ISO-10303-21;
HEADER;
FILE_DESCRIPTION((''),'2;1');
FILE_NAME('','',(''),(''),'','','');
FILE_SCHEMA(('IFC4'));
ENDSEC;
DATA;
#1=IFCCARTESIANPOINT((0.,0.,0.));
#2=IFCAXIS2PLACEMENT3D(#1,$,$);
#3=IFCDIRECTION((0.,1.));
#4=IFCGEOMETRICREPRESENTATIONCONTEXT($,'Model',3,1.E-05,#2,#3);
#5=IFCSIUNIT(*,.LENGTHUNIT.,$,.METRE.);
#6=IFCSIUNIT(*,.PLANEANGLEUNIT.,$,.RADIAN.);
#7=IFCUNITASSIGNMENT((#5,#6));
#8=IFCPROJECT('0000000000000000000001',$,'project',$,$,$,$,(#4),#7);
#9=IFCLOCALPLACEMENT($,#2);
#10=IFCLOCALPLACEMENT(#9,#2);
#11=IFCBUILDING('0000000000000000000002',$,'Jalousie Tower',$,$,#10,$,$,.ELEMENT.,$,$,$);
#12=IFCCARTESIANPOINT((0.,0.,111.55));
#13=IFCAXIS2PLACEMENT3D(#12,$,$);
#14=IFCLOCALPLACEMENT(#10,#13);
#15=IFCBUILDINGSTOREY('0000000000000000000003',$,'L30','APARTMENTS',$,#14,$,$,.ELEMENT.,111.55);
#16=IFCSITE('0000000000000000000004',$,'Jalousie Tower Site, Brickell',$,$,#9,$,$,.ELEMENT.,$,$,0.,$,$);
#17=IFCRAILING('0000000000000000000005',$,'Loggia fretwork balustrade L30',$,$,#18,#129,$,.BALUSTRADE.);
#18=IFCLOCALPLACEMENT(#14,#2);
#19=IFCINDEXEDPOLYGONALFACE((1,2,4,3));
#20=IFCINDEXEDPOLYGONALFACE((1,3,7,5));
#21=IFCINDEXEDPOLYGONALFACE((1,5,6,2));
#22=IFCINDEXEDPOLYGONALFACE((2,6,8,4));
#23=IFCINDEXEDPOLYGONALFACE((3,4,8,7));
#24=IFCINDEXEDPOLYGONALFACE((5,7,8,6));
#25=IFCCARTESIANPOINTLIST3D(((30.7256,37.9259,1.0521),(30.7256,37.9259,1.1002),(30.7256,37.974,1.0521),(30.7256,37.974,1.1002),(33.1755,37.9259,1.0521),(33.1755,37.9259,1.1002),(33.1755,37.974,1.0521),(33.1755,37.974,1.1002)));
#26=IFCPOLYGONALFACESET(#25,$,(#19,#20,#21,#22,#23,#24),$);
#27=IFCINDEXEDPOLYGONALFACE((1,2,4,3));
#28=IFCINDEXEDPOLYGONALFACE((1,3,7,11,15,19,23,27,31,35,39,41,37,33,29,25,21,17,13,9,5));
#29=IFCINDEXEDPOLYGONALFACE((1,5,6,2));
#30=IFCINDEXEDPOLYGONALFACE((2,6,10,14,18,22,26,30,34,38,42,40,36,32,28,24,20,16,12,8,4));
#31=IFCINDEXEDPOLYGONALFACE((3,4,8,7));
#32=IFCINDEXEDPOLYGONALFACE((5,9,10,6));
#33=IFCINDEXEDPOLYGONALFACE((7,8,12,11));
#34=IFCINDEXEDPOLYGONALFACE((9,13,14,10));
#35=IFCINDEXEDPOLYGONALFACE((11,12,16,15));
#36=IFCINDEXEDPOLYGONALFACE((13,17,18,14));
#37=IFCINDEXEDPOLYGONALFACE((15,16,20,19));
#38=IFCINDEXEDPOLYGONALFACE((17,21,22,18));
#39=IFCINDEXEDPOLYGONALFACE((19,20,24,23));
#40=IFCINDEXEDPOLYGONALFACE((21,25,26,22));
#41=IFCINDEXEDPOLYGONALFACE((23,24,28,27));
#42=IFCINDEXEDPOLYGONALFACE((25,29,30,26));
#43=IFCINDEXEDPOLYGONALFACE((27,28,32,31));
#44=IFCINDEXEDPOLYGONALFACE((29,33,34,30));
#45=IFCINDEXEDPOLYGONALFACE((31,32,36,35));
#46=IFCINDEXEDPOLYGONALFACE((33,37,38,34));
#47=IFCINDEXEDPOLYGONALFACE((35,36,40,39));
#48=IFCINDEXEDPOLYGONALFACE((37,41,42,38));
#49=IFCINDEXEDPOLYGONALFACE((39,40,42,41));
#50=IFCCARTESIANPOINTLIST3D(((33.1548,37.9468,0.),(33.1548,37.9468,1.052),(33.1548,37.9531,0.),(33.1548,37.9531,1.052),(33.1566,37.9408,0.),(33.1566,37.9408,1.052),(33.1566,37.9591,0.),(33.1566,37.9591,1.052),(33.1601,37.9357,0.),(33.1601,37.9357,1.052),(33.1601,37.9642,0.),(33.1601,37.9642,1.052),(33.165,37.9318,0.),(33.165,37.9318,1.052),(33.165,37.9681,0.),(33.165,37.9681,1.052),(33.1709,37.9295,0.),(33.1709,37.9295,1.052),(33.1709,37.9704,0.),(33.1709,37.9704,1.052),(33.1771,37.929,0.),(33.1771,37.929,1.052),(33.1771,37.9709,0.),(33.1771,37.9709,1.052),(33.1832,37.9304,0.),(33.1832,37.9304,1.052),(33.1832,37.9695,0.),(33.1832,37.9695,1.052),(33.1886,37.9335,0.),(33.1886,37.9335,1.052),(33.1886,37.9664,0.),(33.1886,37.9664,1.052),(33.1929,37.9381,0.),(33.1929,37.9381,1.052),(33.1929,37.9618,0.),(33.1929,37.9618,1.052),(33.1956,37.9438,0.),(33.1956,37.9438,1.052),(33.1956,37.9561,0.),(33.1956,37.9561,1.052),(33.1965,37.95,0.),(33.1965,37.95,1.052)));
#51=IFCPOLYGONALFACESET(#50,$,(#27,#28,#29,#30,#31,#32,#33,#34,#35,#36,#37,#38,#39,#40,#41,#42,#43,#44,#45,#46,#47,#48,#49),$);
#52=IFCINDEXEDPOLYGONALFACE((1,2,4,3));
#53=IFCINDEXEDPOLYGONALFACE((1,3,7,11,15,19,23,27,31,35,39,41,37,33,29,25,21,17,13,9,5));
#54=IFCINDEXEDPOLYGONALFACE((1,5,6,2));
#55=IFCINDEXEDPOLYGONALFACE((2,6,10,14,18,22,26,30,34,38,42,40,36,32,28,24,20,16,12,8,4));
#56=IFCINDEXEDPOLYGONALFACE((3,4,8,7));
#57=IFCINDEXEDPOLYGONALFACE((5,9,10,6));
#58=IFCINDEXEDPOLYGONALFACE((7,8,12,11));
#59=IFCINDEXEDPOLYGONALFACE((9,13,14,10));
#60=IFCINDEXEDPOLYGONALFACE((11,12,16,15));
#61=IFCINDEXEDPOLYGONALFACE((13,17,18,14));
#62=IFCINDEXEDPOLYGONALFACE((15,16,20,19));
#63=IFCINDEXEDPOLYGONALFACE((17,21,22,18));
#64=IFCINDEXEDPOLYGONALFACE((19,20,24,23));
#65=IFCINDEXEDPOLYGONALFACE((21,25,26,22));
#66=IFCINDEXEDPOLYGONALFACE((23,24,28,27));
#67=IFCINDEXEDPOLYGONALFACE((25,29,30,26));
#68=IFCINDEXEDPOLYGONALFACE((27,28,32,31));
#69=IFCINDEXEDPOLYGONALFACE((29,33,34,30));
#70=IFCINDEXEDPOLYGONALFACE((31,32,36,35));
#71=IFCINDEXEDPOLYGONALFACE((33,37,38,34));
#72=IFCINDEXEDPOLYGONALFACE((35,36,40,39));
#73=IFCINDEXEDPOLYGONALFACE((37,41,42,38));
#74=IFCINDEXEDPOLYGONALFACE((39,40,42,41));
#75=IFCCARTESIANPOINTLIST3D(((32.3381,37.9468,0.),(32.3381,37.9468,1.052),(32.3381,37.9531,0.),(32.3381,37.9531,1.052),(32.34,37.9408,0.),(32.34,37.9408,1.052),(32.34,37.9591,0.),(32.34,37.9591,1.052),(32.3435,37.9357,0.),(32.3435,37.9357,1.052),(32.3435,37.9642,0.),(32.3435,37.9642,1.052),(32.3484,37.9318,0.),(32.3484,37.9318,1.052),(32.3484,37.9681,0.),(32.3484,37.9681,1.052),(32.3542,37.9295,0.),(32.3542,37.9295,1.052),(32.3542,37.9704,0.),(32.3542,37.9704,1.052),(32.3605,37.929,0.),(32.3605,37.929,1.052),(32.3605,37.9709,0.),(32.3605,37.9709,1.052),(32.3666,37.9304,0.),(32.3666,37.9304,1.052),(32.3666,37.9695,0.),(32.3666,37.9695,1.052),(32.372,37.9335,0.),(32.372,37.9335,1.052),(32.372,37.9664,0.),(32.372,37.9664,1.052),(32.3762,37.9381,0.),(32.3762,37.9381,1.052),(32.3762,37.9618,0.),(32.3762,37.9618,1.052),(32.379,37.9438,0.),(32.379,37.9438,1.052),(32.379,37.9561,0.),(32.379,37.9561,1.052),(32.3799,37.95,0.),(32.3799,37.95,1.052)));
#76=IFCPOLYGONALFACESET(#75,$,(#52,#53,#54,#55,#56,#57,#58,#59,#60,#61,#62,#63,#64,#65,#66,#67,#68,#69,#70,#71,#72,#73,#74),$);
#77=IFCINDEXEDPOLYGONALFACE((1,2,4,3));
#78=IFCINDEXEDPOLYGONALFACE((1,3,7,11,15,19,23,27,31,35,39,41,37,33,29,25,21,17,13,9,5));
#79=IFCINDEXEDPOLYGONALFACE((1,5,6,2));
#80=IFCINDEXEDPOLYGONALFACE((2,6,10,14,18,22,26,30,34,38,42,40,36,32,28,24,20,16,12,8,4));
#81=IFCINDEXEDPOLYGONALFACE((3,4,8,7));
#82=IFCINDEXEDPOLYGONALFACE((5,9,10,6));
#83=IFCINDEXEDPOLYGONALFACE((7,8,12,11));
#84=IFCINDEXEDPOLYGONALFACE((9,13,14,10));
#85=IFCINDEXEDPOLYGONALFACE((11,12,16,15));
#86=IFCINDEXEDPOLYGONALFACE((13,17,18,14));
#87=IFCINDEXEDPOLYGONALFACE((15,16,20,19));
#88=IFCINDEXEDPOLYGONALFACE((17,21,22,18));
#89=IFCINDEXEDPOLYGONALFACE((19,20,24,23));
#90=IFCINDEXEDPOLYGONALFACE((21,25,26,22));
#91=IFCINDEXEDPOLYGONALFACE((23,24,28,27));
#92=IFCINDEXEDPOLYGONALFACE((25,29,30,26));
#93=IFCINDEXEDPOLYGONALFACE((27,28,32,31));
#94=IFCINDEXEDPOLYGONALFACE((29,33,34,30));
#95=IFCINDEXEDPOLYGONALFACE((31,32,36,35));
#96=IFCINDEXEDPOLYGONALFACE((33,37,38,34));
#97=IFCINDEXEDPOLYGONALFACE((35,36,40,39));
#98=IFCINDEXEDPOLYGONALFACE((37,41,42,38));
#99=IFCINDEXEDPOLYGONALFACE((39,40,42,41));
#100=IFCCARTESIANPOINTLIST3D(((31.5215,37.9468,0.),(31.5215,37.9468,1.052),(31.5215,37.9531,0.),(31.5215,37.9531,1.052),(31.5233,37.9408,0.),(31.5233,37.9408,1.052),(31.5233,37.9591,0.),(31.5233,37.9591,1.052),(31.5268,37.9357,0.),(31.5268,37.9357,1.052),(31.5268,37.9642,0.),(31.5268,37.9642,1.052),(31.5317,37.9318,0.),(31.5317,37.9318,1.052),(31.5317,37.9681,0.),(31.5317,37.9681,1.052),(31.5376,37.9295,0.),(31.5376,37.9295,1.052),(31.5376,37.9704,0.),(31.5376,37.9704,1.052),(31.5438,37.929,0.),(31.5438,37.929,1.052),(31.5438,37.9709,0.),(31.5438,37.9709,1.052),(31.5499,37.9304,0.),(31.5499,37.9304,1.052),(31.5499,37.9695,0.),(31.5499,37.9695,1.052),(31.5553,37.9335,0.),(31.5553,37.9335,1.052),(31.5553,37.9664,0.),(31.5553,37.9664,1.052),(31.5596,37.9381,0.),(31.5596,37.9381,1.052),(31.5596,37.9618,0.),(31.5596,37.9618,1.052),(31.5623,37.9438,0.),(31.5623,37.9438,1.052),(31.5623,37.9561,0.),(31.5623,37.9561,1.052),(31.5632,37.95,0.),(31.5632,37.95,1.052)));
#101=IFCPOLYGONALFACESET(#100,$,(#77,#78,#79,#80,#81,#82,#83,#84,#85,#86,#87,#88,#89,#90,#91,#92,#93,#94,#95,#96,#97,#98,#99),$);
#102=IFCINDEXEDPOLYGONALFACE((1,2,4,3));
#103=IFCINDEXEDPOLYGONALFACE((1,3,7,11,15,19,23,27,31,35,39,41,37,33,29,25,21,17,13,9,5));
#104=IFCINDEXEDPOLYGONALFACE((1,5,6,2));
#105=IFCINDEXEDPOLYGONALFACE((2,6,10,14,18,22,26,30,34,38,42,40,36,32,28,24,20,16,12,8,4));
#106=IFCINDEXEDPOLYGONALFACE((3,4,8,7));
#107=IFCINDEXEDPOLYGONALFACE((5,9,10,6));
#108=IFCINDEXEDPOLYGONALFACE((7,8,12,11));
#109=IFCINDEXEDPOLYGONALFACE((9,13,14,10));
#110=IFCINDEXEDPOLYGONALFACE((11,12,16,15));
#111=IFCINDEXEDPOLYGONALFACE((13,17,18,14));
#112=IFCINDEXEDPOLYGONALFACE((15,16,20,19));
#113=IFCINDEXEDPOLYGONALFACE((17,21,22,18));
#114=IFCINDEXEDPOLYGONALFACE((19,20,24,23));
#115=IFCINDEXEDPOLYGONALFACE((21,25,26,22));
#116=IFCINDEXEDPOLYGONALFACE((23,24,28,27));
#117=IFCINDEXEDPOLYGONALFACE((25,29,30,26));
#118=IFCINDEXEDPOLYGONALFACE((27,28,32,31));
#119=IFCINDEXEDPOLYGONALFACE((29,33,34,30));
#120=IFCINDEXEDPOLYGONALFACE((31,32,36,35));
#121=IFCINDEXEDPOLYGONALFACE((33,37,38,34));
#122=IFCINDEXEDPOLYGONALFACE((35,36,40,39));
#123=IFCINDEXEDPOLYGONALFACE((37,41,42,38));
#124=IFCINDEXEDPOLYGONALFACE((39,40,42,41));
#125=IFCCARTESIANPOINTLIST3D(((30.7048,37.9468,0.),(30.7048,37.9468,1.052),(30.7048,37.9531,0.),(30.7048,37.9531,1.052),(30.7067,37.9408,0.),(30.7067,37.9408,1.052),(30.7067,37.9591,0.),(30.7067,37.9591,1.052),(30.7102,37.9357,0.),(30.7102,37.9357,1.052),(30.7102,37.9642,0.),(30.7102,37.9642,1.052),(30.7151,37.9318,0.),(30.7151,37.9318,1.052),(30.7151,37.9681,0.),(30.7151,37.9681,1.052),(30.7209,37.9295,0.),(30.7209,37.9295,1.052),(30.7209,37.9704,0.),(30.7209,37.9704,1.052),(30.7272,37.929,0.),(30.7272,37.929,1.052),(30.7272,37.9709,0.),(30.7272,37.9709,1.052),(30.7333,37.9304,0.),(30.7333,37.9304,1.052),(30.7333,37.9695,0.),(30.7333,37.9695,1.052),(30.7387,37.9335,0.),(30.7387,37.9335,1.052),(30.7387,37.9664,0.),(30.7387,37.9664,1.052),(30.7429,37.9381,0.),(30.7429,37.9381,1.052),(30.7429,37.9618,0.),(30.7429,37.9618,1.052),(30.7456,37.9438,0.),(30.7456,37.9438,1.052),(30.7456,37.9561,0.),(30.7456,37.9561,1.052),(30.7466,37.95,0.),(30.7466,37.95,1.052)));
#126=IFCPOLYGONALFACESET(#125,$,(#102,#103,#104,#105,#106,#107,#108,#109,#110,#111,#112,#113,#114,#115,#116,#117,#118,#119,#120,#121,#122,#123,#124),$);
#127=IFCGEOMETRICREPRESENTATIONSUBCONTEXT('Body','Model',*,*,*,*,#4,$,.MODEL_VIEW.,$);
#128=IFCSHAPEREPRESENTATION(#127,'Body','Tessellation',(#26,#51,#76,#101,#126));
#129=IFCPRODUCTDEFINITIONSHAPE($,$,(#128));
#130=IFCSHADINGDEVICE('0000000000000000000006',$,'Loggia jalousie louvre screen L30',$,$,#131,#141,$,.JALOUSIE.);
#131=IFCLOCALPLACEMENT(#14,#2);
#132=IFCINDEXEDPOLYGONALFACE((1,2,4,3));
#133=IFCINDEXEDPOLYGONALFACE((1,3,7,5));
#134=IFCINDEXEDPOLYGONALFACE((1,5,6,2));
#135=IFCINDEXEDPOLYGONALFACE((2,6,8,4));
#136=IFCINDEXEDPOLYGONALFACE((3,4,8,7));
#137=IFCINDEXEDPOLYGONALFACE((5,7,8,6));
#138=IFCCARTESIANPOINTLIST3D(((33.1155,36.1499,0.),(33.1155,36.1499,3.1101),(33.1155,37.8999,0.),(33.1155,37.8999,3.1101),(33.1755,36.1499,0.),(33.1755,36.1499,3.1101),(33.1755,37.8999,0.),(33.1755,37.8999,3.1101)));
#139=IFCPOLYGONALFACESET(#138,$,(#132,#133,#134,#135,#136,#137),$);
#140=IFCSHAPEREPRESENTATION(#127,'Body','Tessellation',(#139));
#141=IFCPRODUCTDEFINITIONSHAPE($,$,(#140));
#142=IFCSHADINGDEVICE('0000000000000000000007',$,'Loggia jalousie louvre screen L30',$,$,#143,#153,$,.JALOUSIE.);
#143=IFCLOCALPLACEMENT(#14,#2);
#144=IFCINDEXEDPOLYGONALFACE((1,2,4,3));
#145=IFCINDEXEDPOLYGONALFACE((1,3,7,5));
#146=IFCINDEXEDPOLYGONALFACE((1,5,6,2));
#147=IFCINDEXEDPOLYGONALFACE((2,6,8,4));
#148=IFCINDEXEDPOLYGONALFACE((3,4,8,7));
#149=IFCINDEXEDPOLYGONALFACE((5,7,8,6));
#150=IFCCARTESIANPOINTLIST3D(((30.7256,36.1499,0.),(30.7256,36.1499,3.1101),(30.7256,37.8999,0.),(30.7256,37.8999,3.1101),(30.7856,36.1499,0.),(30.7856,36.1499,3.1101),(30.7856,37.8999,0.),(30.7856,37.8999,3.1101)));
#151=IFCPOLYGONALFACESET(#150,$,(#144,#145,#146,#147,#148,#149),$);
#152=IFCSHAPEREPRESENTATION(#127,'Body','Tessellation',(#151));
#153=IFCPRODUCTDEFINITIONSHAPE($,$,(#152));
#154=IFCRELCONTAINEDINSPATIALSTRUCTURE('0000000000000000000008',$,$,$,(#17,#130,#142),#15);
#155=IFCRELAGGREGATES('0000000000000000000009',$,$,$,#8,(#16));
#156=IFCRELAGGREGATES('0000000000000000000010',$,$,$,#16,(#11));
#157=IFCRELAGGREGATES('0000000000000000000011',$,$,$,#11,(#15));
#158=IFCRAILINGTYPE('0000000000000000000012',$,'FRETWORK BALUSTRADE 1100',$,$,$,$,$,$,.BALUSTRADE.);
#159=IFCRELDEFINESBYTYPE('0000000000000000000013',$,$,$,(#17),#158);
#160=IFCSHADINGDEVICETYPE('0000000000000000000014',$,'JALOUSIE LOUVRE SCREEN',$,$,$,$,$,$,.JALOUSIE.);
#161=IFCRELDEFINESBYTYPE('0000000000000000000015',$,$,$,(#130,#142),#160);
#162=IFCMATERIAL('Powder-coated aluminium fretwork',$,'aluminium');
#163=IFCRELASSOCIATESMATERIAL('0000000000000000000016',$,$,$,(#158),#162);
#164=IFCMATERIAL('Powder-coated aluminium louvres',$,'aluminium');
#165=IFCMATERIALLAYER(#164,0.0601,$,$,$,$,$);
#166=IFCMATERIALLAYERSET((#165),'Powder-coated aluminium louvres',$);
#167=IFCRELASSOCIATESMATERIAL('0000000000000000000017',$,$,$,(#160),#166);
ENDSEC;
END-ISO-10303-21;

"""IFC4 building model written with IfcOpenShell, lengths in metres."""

from ifc_helpers import new_model, si_unit, direction, frame, origin, origin_2d, place, context, subcontext, project, spatial, rectangle, circle, extrude, material, layer, layer_set, type_object, element, save


model = new_model("IFC4")

# Units and contexts
model_context = context("Model", 3, precision=1e-05, world=origin(), true_north=direction((0.0, 1.0)))
body_context = subcontext(model_context, "Body", "Model", "MODEL_VIEW")
ifc_project = project(units=[si_unit("LENGTHUNIT", "METRE"), si_unit("PLANEANGLEUNIT", "RADIAN")], contexts=[model_context])

# Site, building, storey
site_placement = place(None, origin())
site = spatial("IfcSite", under=ifc_project, at=site_placement, Name="Jalousie Tower Site, Brickell", CompositionType="ELEMENT", RefElevation=0.0)
building_placement = place(site_placement, origin())
building = spatial("IfcBuilding", under=site, at=building_placement, Name="Jalousie Tower", CompositionType="ELEMENT")
storey_placement = place(building_placement, frame((0.0, 0.0, 111.55)))
storey = spatial("IfcBuildingStorey", under=building, at=storey_placement, Name="L30", Description="APARTMENTS", CompositionType="ELEMENT", Elevation=111.55)

# Railing
ifc_material_1 = material(Name="Powder-coated aluminium fretwork", Category="aluminium")
railing_type = type_object("IfcRailingType", Name="FRETWORK BALUSTRADE 1100", PredefinedType="BALUSTRADE", material=ifc_material_1)
railing_placement = place(storey_placement, frame((33.1755, 37.95, 0.0)))
element("IfcRailing", 1, at=railing_placement, inside=storey, type_object=railing_type, Name="Loggia fretwork balustrade L30", PredefinedType="BALUSTRADE", context=body_context, shape_type="SweptSolid", body=[
    extrude(rectangle(XDim=0.0481, YDim=0.0481, at=origin_2d()), frame((0.0, 0.0, 1.0762), z_axis=(-1.0, 0.0, 0.0), x_axis=(0.0, -1.0, 0.0)), (0.0, 0.0, 1.0), 2.45),
    extrude(circle(Radius=0.021, at=origin_2d()), origin(), (0.0, 0.0, 1.0), 1.052),
    extrude(circle(Radius=0.021, at=origin_2d()), frame((-0.8167, 0.0, 0.0)), (0.0, 0.0, 1.0), 1.052),
    extrude(circle(Radius=0.021, at=origin_2d()), frame((-1.6333, 0.0, 0.0)), (0.0, 0.0, 1.0), 1.052),
    extrude(circle(Radius=0.021, at=origin_2d()), frame((-2.45, 0.0, 0.0)), (0.0, 0.0, 1.0), 1.052),
])

# Shading devices
ifc_material_2 = material(Name="Powder-coated aluminium louvres", Category="aluminium")
ifc_layer_1 = layer(ifc_material_2, 0.0601)
ifc_layer_set_1 = layer_set([ifc_layer_1], Name="Powder-coated aluminium louvres")
shading_device_type_1 = type_object("IfcShadingDeviceType", Name="JALOUSIE LOUVRE SCREEN", PredefinedType="JALOUSIE", material=ifc_layer_set_1)
for number, where, z_axis, x_axis, name in (
    (2, (33.1455, 37.0249, 0.0), (0.0, 0.0, 1.0), (-1.0, 0.0, 0.0), "Loggia jalousie louvre screen L30"),
    (3, (30.7556, 37.0249, 0.0), (0.0, 0.0, 1.0), (-1.0, 0.0, 0.0), "Loggia jalousie louvre screen L30"),
):
    element("IfcShadingDevice", number, at=place(storey_placement, frame(where, z_axis=z_axis, x_axis=x_axis)), inside=storey, type_object=shading_device_type_1, Name=name, PredefinedType="JALOUSIE", context=body_context, shape_type="SweptSolid", body=[
        extrude(rectangle(XDim=0.0601, YDim=1.75, at=origin_2d()), origin(), (0.0, 0.0, 1.0), 3.1101),
    ])

save(model, "model.ifc")
